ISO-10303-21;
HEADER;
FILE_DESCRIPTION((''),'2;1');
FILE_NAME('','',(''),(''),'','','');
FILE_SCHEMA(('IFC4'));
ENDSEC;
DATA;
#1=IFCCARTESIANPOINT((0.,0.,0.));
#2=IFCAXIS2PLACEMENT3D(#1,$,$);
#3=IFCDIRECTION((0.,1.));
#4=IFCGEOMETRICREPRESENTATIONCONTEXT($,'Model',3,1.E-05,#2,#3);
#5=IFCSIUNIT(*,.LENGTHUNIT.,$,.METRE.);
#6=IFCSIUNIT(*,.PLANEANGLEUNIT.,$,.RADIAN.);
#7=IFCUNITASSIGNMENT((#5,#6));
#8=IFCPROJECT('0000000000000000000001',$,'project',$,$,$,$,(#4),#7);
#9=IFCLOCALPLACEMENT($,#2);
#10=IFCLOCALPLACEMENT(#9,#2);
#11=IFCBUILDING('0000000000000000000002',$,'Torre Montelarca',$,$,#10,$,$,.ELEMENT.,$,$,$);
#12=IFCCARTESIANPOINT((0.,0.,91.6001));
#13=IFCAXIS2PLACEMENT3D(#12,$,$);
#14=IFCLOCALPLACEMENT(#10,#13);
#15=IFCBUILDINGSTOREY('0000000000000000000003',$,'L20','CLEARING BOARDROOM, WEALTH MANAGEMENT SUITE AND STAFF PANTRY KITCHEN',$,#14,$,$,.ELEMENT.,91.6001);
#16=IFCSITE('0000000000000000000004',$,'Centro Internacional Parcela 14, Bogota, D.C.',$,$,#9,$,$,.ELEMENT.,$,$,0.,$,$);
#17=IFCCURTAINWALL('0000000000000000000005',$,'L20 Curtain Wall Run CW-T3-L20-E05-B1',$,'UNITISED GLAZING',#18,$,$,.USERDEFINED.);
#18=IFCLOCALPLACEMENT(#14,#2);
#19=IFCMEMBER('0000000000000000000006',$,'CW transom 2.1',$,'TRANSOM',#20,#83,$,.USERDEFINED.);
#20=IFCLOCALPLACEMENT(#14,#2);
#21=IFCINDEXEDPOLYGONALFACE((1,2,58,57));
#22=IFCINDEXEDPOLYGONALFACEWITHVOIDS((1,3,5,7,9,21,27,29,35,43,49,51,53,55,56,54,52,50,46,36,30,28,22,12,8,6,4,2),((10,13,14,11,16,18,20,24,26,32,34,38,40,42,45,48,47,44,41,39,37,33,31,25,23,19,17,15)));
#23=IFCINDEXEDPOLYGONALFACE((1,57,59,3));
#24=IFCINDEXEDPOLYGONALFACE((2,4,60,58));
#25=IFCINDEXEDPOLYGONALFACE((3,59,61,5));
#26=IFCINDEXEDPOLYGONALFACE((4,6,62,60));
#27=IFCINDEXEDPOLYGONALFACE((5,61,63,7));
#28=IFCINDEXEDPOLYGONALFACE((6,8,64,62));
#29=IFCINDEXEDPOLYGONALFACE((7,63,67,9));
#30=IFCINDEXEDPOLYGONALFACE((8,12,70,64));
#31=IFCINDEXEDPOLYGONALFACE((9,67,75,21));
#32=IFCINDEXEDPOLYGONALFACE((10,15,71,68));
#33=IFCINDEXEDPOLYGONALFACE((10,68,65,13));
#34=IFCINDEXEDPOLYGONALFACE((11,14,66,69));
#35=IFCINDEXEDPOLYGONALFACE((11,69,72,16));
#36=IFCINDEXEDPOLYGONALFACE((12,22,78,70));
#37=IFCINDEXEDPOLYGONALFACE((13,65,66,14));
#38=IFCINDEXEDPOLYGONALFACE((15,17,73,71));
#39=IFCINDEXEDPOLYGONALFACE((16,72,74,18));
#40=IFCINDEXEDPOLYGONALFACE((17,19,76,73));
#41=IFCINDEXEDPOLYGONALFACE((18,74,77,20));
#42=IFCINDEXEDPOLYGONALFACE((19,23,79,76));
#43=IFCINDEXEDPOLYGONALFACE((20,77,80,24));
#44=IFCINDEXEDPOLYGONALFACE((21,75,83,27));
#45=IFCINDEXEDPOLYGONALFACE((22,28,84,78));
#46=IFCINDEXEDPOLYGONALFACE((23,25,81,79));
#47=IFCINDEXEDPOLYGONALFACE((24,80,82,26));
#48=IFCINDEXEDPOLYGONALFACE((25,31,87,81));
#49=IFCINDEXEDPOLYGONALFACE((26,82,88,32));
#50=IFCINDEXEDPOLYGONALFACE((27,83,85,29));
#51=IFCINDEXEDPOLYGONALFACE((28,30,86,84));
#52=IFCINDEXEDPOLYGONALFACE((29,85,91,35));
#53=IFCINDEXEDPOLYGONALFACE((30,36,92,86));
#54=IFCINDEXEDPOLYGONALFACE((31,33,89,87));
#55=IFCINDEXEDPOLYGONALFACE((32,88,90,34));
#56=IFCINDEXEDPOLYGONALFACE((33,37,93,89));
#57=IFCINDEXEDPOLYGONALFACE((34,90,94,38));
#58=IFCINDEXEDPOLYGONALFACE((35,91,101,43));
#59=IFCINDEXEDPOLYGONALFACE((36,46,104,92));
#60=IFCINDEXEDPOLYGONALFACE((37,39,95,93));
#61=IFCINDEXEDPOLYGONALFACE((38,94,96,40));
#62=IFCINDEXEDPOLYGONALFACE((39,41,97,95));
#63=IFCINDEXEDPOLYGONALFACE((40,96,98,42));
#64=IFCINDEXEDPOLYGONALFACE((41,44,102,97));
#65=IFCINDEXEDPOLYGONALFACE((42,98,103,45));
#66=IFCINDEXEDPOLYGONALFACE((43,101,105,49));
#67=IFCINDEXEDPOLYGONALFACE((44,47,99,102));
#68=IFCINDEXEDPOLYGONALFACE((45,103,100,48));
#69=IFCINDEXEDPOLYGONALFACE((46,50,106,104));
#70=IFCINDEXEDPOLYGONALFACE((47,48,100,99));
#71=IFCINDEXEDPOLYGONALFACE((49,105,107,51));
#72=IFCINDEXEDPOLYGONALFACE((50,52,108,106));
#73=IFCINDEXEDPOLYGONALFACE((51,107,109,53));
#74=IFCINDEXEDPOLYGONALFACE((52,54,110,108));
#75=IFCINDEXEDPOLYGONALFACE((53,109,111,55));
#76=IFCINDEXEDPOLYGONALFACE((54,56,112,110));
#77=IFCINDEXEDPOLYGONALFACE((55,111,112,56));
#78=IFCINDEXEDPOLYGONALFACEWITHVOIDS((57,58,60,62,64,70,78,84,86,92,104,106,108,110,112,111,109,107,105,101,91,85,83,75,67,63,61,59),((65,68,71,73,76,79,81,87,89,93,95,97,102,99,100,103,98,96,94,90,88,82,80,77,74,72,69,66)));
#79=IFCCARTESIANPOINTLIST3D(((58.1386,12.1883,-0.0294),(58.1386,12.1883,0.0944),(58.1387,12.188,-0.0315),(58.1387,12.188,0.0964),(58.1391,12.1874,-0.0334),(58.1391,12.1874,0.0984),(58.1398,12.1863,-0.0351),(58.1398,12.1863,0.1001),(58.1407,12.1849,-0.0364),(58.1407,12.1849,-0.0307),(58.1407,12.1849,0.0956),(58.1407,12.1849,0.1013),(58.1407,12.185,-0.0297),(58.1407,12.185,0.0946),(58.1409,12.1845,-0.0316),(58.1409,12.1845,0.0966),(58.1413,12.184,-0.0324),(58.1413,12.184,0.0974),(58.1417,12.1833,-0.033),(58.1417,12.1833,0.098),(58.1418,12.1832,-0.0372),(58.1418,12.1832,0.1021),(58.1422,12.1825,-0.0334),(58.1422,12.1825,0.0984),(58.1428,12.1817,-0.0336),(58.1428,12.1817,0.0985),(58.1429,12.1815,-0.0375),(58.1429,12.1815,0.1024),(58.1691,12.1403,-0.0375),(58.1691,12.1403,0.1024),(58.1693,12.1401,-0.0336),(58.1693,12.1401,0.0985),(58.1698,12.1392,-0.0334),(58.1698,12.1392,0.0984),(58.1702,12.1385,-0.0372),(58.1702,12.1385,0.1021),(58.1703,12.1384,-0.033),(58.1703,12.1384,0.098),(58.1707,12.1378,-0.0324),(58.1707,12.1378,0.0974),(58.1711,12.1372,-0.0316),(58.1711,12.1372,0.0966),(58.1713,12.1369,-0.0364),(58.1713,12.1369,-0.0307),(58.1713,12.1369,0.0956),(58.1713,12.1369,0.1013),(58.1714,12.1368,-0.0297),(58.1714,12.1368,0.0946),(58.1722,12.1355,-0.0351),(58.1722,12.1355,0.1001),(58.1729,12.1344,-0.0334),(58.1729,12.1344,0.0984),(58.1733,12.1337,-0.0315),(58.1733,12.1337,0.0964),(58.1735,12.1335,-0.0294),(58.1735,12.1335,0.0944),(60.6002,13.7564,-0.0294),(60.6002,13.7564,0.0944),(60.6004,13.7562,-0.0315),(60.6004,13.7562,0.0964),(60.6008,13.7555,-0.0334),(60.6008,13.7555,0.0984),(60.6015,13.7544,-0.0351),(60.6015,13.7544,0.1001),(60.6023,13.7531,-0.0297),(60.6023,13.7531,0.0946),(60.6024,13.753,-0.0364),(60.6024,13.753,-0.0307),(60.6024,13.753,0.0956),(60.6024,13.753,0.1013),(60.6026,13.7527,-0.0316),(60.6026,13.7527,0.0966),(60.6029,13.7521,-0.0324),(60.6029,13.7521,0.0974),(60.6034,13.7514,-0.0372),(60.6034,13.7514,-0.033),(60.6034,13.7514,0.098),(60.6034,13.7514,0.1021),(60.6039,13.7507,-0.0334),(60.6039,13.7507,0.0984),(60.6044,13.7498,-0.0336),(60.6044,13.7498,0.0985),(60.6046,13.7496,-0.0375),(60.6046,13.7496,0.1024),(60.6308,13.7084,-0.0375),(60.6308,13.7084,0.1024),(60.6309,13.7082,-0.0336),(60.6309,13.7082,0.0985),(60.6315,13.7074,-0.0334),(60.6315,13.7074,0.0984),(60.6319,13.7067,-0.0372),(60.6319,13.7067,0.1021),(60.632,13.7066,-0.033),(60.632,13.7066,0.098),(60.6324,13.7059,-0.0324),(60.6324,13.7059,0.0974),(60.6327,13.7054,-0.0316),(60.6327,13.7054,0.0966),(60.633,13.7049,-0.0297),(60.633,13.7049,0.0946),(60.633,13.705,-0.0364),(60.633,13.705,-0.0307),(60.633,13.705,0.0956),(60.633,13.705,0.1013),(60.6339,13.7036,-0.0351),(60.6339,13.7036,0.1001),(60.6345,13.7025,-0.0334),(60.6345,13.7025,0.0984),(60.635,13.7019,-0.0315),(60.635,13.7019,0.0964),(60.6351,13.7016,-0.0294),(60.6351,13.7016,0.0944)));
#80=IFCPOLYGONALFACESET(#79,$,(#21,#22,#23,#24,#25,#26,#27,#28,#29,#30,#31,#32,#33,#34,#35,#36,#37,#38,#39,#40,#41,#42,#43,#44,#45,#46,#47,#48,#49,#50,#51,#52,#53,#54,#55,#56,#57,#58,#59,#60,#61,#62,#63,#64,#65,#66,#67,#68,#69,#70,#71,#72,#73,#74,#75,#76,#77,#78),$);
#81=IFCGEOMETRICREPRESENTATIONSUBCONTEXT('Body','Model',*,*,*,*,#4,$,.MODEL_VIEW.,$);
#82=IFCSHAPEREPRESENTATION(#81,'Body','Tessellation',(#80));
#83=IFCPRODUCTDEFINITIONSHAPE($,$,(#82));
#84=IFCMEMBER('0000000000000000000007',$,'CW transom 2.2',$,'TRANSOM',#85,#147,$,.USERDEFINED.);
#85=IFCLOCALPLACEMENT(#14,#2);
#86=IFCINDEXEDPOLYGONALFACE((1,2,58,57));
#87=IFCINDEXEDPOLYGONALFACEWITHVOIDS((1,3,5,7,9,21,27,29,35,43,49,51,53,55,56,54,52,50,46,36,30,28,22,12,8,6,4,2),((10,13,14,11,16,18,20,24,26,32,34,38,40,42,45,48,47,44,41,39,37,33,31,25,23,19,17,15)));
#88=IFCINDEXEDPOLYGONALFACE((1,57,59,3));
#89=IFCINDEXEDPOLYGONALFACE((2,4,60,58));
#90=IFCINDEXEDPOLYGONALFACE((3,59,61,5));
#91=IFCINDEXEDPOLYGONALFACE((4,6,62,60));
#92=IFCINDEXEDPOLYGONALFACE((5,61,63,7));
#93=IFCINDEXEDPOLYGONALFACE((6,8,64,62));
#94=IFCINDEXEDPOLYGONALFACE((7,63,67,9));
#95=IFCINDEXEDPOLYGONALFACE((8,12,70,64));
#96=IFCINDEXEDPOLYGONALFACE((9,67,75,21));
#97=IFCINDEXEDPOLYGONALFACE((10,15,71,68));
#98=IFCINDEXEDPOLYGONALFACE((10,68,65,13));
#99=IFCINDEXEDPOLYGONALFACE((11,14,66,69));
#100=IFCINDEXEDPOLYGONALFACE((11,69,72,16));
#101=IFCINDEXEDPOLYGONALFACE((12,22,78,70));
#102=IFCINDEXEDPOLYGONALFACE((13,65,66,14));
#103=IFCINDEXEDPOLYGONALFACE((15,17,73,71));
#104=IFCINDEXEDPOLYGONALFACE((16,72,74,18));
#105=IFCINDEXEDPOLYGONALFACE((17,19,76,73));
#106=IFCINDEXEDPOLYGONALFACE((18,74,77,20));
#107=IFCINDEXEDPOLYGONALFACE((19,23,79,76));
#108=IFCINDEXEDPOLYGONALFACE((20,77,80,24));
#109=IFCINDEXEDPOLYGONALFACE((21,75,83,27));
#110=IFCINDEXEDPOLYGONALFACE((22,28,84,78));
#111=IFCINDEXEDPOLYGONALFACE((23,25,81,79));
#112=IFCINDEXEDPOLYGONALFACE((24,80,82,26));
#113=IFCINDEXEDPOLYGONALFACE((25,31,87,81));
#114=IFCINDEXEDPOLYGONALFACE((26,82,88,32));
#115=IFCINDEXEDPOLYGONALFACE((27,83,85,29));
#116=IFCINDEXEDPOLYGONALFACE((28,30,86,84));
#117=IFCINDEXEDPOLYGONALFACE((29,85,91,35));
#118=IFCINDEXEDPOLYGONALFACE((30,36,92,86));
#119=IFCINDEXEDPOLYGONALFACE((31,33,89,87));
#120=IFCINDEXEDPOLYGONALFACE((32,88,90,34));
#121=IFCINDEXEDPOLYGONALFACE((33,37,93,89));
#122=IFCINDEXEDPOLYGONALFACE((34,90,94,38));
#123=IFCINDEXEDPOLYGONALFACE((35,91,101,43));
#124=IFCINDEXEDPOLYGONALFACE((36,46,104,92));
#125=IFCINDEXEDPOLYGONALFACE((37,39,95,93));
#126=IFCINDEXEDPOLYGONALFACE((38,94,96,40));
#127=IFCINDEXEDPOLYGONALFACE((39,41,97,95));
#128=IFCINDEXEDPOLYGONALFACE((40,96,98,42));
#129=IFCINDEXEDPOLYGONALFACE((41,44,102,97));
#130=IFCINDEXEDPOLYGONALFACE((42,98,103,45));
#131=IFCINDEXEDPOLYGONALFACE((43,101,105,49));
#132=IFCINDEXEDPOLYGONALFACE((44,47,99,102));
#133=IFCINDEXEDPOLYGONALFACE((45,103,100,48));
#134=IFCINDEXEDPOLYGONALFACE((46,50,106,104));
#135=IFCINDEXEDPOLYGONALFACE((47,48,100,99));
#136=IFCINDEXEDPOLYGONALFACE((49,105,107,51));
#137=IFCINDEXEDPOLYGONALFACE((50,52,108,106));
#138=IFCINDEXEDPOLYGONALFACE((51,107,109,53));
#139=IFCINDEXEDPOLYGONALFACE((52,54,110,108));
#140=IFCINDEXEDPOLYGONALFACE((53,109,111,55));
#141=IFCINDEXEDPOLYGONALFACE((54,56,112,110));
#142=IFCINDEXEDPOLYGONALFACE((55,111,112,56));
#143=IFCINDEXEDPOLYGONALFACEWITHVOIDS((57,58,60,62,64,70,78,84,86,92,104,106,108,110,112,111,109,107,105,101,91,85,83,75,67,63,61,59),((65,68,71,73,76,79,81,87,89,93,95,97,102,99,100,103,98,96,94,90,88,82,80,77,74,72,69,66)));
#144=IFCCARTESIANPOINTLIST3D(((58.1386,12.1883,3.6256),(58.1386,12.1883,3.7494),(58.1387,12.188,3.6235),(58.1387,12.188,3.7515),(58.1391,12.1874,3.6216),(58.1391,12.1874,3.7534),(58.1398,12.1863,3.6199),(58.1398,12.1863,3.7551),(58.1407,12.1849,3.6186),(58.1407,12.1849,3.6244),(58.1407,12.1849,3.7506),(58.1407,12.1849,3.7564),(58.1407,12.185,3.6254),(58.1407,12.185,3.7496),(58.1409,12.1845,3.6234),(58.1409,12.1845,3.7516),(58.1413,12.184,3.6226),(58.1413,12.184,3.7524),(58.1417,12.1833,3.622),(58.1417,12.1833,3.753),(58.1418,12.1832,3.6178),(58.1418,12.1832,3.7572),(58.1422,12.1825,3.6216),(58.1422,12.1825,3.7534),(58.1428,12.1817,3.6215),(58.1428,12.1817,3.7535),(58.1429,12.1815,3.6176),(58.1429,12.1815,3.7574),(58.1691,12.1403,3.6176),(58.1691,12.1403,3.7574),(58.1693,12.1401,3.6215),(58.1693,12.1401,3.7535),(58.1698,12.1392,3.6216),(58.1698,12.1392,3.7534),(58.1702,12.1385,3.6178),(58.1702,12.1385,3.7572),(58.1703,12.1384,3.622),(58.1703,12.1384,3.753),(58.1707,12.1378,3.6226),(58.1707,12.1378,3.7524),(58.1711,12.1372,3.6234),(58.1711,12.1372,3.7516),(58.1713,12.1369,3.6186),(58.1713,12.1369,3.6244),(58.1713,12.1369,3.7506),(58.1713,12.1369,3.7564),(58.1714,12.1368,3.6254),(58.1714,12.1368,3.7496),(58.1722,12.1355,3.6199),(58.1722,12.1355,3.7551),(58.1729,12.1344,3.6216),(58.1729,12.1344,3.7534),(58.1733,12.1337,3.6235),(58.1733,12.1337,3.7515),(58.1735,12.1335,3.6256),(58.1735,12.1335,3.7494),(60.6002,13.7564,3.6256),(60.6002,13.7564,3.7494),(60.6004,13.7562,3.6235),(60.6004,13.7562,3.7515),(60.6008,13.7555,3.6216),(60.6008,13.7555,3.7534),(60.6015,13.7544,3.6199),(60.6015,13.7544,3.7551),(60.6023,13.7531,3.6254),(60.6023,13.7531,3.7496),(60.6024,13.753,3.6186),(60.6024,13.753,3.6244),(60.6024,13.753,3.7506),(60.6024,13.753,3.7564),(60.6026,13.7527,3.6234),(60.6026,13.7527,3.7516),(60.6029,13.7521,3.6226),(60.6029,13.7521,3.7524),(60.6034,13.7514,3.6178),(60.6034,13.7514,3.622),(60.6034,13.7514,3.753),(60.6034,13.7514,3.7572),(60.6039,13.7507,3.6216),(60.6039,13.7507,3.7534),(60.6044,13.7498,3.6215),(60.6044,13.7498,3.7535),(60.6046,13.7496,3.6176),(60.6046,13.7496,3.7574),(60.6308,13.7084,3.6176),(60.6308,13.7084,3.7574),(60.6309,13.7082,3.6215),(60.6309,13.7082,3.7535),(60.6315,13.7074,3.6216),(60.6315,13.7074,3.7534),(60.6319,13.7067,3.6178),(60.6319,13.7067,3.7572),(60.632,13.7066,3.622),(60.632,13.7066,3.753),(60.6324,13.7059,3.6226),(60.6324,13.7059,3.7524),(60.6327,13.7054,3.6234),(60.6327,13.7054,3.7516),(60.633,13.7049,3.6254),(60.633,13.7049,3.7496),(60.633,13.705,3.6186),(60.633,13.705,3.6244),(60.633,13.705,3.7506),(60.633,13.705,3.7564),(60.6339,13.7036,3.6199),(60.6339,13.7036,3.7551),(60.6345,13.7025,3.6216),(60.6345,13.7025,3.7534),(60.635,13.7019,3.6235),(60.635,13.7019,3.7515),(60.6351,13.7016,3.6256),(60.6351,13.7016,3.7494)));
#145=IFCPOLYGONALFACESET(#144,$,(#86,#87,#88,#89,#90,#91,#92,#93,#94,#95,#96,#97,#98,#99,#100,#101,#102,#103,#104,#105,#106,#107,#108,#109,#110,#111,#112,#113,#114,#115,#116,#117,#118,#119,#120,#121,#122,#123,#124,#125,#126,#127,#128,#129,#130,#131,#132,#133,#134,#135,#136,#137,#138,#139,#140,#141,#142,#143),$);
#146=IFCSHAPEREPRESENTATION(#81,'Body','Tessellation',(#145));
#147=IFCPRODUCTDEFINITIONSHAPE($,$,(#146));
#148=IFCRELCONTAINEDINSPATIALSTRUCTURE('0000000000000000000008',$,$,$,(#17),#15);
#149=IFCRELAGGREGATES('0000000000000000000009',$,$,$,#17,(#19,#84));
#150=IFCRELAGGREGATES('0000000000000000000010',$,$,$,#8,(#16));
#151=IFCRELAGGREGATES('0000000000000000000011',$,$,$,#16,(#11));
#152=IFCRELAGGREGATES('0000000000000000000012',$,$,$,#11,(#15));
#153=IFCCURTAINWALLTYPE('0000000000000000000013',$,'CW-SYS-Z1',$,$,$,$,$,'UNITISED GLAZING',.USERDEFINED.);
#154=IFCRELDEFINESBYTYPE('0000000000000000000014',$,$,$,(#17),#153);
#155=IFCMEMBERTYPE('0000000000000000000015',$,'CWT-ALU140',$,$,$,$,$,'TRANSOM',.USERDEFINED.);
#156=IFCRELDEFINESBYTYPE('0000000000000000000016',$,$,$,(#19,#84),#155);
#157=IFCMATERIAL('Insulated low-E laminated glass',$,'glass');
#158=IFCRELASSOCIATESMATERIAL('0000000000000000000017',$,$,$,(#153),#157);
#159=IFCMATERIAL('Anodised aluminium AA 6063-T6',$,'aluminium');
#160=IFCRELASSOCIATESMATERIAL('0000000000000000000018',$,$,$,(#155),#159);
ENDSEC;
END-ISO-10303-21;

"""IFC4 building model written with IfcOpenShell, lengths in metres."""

from ifc_helpers import new_model, si_unit, direction, frame, origin, origin_2d, place, context, subcontext, project, spatial, hollow_rectangle, extrude, source, transform, mapped, material, material_profile, profile_set, type_object, element, aggregate, save


model = new_model("IFC4")

# Units and contexts
model_context = context("Model", 3, precision=1e-05, world=origin(), true_north=direction((0.0, 1.0)))
body_context = subcontext(model_context, "Body", "Model", "MODEL_VIEW")
ifc_project = project(units=[si_unit("LENGTHUNIT", "METRE"), si_unit("PLANEANGLEUNIT", "RADIAN")], contexts=[model_context])

# Site, building, storey
site_placement = place(None, origin())
site = spatial("IfcSite", under=ifc_project, at=site_placement, Name="Centro Internacional Parcela 14, Bogota, D.C.", CompositionType="ELEMENT", RefElevation=0.0)
building_placement = place(site_placement, origin())
building = spatial("IfcBuilding", under=site, at=building_placement, Name="Torre Montelarca", CompositionType="ELEMENT")
storey_placement = place(building_placement, frame((0.0, 0.0, 91.6001)))
storey = spatial("IfcBuildingStorey", under=building, at=storey_placement, Name="L20", Description="CLEARING BOARDROOM, WEALTH MANAGEMENT SUITE AND STAFF PANTRY KITCHEN", CompositionType="ELEMENT", Elevation=91.6001)

# Curtain wall, members
ifc_material_1 = material(Name="Insulated low-E laminated glass", Category="glass")
curtain_wall_type = type_object("IfcCurtainWallType", Name="CW-SYS-Z1", ElementType="UNITISED GLAZING", PredefinedType="USERDEFINED", material=ifc_material_1)
ifc_material_2 = material(Name="Anodised aluminium AA 6063-T6", Category="aluminium")
ifc_material_profile_1 = material_profile(ifc_material_2, hollow_rectangle(XDim=0.0649, YDim=0.1399, WallThickness=0.0039, InnerFilletRadius=0.0039, OuterFilletRadius=0.0081, at=origin_2d()), Name="ALU65X140X4", Category="aluminium")
ifc_profile_set_1 = profile_set([ifc_material_profile_1], Name="Anodised aluminium AA 6063-T6")
member_type_1 = type_object("IfcMemberType", Name="CWT-ALU140", ElementType="TRANSOM", PredefinedType="USERDEFINED", material=ifc_profile_set_1)
curtain_wall_1_placement = place(storey_placement, origin())
curtain_wall_1 = element("IfcCurtainWall", 1, at=curtain_wall_1_placement, inside=storey, type_object=curtain_wall_type, Name="L20 Curtain Wall Run CW-T3-L20-E05-B1", ObjectType="UNITISED GLAZING", PredefinedType="USERDEFINED")
shared_shape_1 = source(origin(), body_context, "Body", "SweptSolid", [
    extrude(hollow_rectangle(XDim=0.0649, YDim=0.1399, WallThickness=0.0039, InnerFilletRadius=0.0039, OuterFilletRadius=0.0081, at=origin_2d()), origin(), (0.0, 0.0, 1.0), 2.9187),
])
member_1_placement = place(storey_placement, frame((58.156, 12.1609, 0.0325), z_axis=(0.843413, 0.537265, 0.0), x_axis=(-0.537265, 0.843413, 0.0)))
member_1 = element("IfcMember", 2, at=member_1_placement, type_object=member_type_1, Name="CW transom 2.1", ObjectType="TRANSOM", PredefinedType="USERDEFINED", context=body_context, shape_type="MappedRepresentation", body=[
    mapped(shared_shape_1, transform((0.0, 0.0, 0.0), scale=1.0)),
])
member_2_placement = place(storey_placement, frame((58.156, 12.1609, 3.6875), z_axis=(0.843413, 0.537265, 0.0), x_axis=(-0.537265, 0.843413, 0.0)))
member_2 = element("IfcMember", 3, at=member_2_placement, type_object=member_type_1, Name="CW transom 2.2", ObjectType="TRANSOM", PredefinedType="USERDEFINED", context=body_context, shape_type="MappedRepresentation", body=[
    mapped(shared_shape_1, transform((0.0, 0.0, 0.0), scale=1.0)),
])

aggregate(curtain_wall_1, [member_1, member_2])

save(model, "model.ifc")
